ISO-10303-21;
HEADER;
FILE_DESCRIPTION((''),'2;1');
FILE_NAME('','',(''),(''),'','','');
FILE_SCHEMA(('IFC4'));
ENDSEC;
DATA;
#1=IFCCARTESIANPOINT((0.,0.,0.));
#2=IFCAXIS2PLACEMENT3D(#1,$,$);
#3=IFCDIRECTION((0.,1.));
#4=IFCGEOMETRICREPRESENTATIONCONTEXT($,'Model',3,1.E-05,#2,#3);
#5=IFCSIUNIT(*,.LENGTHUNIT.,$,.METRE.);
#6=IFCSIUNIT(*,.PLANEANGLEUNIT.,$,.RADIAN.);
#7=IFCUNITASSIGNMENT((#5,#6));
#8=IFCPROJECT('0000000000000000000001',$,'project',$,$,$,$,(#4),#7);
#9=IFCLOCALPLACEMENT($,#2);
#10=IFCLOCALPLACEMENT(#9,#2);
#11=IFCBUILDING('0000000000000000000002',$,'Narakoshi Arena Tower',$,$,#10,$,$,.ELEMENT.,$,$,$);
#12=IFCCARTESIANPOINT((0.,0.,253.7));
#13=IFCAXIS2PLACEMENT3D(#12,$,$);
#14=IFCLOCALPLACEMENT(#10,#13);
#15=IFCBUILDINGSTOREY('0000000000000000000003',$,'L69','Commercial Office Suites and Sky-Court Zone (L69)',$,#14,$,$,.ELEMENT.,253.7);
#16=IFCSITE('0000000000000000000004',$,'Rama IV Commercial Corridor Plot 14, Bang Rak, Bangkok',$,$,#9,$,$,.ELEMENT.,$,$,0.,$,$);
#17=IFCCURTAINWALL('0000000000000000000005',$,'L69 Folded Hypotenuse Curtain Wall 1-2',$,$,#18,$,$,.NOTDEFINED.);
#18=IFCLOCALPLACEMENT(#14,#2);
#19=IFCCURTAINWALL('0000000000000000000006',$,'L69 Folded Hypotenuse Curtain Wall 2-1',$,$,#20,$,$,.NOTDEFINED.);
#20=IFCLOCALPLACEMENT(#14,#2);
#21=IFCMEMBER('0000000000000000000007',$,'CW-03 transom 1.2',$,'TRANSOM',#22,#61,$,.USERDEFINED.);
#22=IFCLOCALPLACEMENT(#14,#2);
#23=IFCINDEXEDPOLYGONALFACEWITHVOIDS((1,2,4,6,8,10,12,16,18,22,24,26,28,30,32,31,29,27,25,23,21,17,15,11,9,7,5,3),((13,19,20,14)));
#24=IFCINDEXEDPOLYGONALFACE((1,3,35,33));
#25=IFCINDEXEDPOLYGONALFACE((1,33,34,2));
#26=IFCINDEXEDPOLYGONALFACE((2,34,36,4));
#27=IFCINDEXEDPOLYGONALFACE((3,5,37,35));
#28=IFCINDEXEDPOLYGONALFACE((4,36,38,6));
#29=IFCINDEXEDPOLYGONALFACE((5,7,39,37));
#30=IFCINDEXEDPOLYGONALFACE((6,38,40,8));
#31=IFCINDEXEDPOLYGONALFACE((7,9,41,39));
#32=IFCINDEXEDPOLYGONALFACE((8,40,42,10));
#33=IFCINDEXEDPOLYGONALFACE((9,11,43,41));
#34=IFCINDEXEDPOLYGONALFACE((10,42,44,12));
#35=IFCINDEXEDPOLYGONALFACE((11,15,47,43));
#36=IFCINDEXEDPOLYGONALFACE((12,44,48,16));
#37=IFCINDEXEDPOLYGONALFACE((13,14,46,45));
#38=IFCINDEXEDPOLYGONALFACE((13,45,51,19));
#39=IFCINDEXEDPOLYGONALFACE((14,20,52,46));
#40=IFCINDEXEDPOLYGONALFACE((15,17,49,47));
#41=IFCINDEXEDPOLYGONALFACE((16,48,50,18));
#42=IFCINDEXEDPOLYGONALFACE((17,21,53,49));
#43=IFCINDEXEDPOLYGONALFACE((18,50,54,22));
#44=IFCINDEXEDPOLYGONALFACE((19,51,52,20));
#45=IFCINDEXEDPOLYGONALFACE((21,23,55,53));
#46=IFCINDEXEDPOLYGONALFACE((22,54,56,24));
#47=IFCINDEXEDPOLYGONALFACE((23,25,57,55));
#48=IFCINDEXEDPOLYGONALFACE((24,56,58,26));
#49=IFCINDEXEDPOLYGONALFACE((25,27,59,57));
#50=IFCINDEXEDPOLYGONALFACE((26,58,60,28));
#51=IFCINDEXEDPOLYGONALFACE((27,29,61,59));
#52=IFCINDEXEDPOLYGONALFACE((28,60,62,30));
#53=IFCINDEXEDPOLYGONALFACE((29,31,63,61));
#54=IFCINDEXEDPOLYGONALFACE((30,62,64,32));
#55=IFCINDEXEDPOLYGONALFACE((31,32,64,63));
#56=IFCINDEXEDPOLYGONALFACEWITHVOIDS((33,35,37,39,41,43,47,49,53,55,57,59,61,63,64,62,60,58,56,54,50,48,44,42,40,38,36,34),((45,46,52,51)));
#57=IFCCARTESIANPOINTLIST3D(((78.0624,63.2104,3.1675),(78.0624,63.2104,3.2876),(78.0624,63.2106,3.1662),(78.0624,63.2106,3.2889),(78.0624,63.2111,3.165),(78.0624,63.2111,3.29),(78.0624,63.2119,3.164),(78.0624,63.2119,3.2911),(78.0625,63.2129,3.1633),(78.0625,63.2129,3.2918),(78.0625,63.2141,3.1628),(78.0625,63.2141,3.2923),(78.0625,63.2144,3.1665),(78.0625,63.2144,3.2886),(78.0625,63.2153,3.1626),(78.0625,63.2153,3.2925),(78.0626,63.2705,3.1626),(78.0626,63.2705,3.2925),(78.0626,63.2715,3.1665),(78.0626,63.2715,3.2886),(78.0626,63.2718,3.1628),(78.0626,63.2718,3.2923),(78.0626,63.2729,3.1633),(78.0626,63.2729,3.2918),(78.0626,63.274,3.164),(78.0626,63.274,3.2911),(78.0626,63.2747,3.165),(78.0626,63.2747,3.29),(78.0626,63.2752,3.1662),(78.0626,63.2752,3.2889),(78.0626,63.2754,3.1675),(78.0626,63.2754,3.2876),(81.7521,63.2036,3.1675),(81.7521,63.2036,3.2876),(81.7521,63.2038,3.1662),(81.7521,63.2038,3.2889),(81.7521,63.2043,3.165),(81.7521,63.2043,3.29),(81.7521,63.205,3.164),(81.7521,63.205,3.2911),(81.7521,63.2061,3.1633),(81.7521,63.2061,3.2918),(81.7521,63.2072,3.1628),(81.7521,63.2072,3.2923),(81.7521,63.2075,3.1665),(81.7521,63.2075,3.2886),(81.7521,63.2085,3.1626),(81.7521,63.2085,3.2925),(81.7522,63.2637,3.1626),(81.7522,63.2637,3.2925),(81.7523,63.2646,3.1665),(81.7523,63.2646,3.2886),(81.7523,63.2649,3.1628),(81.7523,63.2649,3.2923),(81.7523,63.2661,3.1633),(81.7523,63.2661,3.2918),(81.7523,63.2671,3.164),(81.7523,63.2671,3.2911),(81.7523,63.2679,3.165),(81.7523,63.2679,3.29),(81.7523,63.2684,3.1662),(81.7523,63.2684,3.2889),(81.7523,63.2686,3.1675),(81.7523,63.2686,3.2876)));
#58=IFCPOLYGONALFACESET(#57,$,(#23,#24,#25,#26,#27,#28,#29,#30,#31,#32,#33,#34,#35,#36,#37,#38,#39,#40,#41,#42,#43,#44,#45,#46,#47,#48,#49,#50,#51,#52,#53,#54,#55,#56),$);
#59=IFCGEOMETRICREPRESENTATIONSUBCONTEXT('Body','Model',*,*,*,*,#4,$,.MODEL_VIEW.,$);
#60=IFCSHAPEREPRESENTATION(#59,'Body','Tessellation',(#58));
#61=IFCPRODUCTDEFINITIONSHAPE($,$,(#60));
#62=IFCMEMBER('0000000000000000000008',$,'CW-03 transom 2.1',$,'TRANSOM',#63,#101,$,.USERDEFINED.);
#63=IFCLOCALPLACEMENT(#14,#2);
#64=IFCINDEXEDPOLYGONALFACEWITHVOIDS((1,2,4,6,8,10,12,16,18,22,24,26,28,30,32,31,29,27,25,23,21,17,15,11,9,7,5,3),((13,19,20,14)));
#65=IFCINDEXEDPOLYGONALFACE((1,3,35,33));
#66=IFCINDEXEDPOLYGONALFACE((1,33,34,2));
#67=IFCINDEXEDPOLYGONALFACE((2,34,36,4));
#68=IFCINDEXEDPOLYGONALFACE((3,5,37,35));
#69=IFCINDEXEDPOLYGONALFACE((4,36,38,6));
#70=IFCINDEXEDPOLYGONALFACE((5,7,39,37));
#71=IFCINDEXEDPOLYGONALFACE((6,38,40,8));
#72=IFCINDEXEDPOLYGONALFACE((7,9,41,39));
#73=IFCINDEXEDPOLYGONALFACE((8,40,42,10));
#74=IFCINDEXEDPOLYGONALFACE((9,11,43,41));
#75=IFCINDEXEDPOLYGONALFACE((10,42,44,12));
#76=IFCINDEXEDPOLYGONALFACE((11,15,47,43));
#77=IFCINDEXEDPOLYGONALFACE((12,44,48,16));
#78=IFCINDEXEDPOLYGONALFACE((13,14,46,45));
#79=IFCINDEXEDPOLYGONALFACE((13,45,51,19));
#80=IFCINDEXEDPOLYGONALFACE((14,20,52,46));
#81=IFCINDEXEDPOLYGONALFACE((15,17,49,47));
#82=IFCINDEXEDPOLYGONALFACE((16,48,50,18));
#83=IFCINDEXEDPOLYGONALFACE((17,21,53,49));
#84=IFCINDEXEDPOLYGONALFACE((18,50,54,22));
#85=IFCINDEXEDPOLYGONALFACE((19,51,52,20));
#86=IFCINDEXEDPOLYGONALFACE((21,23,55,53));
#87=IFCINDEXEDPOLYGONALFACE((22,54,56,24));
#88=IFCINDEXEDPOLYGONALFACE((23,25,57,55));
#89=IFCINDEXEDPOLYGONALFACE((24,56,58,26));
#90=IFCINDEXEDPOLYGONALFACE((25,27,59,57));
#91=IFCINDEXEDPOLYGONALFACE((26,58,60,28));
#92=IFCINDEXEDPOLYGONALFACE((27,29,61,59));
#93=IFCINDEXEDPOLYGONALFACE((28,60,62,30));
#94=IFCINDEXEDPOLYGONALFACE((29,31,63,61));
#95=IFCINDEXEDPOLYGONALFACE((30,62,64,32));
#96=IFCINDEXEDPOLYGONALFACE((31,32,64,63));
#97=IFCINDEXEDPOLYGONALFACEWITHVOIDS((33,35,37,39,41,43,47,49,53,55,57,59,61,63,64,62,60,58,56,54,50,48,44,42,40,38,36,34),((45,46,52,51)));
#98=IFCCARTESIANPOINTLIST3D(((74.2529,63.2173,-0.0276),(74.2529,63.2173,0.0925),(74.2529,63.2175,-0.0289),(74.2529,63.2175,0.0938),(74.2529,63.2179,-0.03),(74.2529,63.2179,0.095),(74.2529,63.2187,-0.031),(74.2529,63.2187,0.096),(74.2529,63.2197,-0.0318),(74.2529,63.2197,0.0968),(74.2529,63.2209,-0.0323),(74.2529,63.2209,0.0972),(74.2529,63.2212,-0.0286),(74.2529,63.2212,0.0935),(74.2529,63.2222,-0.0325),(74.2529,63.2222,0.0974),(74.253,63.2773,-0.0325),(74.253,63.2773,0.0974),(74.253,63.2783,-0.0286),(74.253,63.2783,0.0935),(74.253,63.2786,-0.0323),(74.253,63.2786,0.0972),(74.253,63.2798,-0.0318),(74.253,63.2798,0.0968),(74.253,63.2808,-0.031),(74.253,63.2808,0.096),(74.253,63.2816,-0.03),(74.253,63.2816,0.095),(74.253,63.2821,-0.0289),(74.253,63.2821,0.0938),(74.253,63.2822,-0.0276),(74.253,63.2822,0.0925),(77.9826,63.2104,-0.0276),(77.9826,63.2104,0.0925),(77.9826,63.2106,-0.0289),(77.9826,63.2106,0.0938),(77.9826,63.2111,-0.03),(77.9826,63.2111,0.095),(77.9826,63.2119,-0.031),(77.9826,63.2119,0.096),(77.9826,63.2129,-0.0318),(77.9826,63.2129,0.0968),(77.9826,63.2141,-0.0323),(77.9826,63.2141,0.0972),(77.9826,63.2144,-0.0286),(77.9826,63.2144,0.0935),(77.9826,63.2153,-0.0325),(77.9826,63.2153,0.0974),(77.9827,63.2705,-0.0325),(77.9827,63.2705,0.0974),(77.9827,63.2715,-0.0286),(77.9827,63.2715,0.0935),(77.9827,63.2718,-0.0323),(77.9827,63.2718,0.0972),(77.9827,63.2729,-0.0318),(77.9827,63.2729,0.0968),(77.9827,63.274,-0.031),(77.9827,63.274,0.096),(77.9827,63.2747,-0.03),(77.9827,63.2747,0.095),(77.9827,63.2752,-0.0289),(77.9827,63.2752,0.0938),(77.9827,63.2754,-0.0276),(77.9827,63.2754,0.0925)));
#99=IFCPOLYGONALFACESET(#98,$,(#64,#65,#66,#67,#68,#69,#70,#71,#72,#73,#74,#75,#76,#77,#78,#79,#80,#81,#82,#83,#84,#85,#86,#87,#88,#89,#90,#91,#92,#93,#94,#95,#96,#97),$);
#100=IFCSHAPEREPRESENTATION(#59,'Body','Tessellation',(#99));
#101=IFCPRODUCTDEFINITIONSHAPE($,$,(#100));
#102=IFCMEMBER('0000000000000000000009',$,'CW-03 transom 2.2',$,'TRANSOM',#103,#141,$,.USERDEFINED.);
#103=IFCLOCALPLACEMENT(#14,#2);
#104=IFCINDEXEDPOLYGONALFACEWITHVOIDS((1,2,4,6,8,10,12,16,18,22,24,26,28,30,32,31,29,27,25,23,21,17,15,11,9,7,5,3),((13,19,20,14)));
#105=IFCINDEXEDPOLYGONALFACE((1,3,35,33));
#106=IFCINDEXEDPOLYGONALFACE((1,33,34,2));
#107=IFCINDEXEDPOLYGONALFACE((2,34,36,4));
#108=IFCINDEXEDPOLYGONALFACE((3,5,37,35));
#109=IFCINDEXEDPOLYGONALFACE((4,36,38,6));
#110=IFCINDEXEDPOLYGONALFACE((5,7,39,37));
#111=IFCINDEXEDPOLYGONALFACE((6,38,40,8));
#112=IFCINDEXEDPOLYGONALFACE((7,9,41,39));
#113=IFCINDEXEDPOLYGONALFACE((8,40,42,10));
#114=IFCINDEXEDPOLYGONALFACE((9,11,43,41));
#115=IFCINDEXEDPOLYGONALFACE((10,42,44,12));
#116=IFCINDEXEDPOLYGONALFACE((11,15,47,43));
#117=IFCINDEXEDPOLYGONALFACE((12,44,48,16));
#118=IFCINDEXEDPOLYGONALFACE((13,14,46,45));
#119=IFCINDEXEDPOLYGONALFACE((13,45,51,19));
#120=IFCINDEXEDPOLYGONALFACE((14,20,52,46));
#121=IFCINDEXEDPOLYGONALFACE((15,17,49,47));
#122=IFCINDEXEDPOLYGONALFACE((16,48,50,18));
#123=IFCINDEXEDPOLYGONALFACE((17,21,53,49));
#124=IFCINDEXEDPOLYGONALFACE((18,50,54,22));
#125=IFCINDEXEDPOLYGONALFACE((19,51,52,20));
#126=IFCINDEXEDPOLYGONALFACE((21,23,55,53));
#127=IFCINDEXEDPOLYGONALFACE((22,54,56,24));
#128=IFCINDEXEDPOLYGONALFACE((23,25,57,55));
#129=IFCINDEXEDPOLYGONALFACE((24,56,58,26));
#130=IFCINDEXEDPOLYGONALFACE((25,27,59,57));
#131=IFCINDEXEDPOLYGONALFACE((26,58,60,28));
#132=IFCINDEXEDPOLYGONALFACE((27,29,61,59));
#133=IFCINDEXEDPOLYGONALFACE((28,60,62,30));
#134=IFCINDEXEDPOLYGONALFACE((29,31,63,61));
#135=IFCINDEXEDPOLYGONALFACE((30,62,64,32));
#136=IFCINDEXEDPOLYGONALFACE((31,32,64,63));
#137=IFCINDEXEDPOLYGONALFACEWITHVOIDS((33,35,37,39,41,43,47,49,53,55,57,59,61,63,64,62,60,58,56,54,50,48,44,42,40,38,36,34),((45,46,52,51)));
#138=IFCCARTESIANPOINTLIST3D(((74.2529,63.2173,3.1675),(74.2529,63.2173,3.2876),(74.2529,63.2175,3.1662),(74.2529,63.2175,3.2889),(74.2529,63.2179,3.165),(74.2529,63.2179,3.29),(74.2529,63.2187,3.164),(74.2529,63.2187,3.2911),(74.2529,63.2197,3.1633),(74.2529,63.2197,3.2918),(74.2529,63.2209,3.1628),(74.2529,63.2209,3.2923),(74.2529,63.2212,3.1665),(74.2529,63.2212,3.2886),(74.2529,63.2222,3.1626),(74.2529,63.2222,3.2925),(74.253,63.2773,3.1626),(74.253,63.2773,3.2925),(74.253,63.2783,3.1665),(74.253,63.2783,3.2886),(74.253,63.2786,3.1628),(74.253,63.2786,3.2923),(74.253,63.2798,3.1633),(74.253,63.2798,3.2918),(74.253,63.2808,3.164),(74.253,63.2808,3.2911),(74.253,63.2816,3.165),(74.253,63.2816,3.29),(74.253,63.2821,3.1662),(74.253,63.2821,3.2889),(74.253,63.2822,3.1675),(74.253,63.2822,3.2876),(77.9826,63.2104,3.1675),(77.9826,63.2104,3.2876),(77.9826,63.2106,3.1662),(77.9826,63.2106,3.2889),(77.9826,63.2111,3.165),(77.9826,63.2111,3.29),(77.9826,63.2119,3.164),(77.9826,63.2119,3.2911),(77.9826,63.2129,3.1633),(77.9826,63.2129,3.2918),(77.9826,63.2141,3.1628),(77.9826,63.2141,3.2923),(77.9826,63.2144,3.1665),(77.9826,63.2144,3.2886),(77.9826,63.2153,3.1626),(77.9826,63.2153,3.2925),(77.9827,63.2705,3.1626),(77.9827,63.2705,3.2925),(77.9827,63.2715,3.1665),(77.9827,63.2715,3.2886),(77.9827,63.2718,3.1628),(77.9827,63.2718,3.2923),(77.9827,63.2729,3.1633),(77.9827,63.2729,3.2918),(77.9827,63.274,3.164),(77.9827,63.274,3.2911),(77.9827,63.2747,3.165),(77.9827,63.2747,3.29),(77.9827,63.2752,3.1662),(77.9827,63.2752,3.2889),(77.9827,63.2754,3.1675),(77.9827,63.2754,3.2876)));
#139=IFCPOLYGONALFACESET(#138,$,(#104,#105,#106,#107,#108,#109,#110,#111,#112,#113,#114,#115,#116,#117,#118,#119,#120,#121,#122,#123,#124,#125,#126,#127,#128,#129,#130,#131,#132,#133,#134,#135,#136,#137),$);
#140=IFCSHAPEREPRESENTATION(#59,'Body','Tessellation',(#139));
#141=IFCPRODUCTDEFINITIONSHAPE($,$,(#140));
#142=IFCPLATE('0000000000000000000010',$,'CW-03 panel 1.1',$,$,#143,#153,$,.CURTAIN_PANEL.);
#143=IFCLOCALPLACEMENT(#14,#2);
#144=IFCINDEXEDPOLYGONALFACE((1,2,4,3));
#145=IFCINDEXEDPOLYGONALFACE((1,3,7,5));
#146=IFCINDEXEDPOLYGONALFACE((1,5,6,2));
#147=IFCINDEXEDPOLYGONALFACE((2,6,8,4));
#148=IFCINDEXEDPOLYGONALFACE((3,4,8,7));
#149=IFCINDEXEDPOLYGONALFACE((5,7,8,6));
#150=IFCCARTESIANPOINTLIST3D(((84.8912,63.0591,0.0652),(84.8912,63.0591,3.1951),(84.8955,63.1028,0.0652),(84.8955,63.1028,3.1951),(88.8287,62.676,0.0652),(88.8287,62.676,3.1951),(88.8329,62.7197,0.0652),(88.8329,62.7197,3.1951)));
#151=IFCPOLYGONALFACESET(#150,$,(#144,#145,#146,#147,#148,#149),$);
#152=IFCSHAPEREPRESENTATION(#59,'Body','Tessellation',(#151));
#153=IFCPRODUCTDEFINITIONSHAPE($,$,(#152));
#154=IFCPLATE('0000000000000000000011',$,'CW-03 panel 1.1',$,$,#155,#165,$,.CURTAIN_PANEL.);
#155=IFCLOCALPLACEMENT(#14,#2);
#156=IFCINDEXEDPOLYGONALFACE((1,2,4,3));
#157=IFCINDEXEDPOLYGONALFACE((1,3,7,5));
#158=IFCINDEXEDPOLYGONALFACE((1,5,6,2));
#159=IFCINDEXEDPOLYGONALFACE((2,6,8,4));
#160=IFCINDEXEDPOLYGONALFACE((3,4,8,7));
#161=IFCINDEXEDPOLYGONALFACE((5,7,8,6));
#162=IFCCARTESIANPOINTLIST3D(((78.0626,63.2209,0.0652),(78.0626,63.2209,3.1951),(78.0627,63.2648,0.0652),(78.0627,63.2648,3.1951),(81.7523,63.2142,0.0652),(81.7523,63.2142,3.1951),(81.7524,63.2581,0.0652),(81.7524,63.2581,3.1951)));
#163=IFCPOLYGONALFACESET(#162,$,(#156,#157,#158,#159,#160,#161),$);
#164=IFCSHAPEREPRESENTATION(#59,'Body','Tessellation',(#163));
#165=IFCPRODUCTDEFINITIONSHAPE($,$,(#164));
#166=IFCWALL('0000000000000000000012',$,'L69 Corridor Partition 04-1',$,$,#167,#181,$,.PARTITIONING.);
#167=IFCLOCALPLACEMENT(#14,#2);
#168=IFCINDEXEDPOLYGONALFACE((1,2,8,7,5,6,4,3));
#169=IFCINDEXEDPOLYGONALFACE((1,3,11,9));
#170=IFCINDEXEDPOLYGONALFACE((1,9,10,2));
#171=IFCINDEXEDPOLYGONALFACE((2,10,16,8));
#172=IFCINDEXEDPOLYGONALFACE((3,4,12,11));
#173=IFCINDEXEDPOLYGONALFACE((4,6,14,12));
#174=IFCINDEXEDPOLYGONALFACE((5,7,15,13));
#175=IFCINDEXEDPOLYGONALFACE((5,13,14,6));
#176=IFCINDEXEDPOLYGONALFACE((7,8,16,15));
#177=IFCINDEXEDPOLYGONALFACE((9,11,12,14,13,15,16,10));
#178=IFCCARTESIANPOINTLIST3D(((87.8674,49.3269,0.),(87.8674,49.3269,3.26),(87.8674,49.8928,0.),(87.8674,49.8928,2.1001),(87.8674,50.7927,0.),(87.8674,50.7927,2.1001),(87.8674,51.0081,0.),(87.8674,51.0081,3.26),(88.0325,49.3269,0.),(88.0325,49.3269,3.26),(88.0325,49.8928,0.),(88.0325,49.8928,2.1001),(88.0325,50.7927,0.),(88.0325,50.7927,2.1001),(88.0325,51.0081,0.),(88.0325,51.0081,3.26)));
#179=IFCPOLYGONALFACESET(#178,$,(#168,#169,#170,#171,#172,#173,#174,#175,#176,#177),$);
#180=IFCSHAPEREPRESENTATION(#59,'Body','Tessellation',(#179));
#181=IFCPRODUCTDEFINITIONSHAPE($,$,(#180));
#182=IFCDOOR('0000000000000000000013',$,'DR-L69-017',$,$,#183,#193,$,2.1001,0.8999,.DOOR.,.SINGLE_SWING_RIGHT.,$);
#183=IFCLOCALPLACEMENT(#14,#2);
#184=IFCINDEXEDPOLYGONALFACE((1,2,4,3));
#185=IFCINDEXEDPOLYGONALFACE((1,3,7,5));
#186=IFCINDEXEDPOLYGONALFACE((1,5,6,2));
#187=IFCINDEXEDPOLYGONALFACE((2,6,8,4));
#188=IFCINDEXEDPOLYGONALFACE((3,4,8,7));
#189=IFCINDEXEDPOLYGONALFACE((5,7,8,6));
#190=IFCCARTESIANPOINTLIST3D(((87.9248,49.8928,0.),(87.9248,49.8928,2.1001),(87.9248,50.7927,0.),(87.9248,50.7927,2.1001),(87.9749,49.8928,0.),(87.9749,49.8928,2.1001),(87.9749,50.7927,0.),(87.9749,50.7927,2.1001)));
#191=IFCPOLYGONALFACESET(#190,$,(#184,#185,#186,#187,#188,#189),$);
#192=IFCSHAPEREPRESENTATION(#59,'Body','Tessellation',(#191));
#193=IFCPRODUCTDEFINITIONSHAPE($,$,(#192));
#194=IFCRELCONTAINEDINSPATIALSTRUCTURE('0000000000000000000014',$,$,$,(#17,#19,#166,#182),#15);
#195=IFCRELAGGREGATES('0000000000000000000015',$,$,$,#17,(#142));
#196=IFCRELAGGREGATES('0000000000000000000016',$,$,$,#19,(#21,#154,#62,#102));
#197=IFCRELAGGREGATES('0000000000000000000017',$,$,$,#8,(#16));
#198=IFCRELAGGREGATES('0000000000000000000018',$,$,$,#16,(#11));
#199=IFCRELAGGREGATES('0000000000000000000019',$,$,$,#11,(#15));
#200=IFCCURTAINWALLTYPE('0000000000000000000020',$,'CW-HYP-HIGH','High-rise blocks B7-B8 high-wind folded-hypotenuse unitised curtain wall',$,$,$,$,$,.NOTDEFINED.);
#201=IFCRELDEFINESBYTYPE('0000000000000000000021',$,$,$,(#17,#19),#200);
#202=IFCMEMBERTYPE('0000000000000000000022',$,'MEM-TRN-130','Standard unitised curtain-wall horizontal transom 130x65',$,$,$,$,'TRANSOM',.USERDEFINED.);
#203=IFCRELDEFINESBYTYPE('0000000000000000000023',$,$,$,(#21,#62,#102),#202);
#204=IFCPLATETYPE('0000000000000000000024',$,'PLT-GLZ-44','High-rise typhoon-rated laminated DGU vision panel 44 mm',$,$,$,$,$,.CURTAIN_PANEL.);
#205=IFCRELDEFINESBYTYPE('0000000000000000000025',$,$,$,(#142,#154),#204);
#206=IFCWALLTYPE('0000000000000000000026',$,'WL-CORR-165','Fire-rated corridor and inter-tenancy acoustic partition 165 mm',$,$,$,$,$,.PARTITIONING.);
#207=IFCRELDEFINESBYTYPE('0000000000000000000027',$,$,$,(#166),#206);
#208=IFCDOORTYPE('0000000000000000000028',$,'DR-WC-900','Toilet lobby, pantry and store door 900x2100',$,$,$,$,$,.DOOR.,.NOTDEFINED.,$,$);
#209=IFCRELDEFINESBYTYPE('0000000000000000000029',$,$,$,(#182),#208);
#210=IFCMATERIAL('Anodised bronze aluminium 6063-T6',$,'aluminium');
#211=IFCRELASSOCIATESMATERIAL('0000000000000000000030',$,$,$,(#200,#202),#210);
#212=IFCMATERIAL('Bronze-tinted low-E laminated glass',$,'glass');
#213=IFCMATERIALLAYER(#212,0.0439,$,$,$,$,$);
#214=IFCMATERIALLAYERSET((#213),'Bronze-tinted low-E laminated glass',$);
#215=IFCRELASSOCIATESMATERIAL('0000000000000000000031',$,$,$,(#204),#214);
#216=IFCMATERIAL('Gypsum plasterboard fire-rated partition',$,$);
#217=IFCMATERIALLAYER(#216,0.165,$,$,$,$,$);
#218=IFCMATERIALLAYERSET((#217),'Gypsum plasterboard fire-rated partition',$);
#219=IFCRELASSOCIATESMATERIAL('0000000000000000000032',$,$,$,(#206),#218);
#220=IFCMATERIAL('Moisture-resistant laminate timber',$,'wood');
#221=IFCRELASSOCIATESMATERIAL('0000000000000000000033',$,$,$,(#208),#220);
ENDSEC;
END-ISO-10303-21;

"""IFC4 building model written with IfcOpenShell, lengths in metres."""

from ifc_helpers import new_model, si_unit, direction, frame, frame_2d, origin, origin_2d, place, context, subcontext, project, spatial, rectangle, hollow_rectangle, extrude, material, layer, layer_set, material_profile, profile_set, type_object, element, fill, aggregate, save


model = new_model("IFC4")

# Units and contexts
model_context = context("Model", 3, precision=1e-05, world=origin(), true_north=direction((0.0, 1.0)))
body_context = subcontext(model_context, "Body", "Model", "MODEL_VIEW")
ifc_project = project(units=[si_unit("LENGTHUNIT", "METRE"), si_unit("PLANEANGLEUNIT", "RADIAN")], contexts=[model_context])

# Site, building, storey
site_placement = place(None, origin())
site = spatial("IfcSite", under=ifc_project, at=site_placement, Name="Rama IV Commercial Corridor Plot 14, Bang Rak, Bangkok", CompositionType="ELEMENT", RefElevation=0.0)
building_placement = place(site_placement, origin())
building = spatial("IfcBuilding", under=site, at=building_placement, Name="Narakoshi Arena Tower", CompositionType="ELEMENT")
storey_placement = place(building_placement, frame((0.0, 0.0, 253.7)))
storey = spatial("IfcBuildingStorey", under=building, at=storey_placement, Name="L69", Description="Commercial Office Suites and Sky-Court Zone (L69)", CompositionType="ELEMENT", Elevation=253.7)

# Curtain wall
ifc_material_1 = material(Name="Anodised bronze aluminium 6063-T6", Category="aluminium")
curtain_wall_type = type_object("IfcCurtainWallType", Name="CW-HYP-HIGH", Description="High-rise blocks B7-B8 high-wind folded-hypotenuse unitised curtain wall", PredefinedType="NOTDEFINED", material=ifc_material_1)
curtain_wall_1_placement = place(storey_placement, origin())
curtain_wall_1 = element("IfcCurtainWall", 1, at=curtain_wall_1_placement, inside=storey, type_object=curtain_wall_type, Name="L69 Folded Hypotenuse Curtain Wall 1-2", PredefinedType="NOTDEFINED")

# Curtain wall, members
curtain_wall_2_placement = place(storey_placement, origin())
curtain_wall_2 = element("IfcCurtainWall", 2, at=curtain_wall_2_placement, inside=storey, type_object=curtain_wall_type, Name="L69 Folded Hypotenuse Curtain Wall 2-1", PredefinedType="NOTDEFINED")
ifc_material_profile_1 = material_profile(ifc_material_1, hollow_rectangle(XDim=0.0649, YDim=0.1299, WallThickness=0.0039, OuterFilletRadius=0.0049, at=origin_2d()), Name="TRN130x65x4")
ifc_profile_set_1 = profile_set([ifc_material_profile_1], Name="Anodised bronze aluminium 6063-T6")
member_type_1 = type_object("IfcMemberType", Name="MEM-TRN-130", Description="Standard unitised curtain-wall horizontal transom 130x65", ElementType="TRANSOM", PredefinedType="USERDEFINED", material=ifc_profile_set_1)
member_1_placement = place(storey_placement, frame((81.7522, 63.2361, 3.2275), z_axis=(-0.999998, 0.001853, 0.0), x_axis=(-0.001853, -0.999998, 0.0)))
member_1 = element("IfcMember", 3, at=member_1_placement, type_object=member_type_1, Name="CW-03 transom 1.2", ObjectType="TRANSOM", PredefinedType="USERDEFINED", context=body_context, shape_type="SweptSolid", body=[
    extrude(hollow_rectangle(XDim=0.0649, YDim=0.1299, WallThickness=0.0039, OuterFilletRadius=0.0049, at=origin_2d()), origin(), (0.0, 0.0, 1.0), 3.6897),
])
member_2_placement = place(storey_placement, frame((77.9827, 63.2429, 0.0325), z_axis=(-0.999998, 0.001833, 0.0), x_axis=(-0.001833, -0.999998, 0.0)))
member_2 = element("IfcMember", 4, at=member_2_placement, type_object=member_type_1, Name="CW-03 transom 2.1", ObjectType="TRANSOM", PredefinedType="USERDEFINED", context=body_context, shape_type="SweptSolid", body=[
    extrude(hollow_rectangle(XDim=0.0649, YDim=0.1299, WallThickness=0.0039, OuterFilletRadius=0.0049, at=origin_2d()), origin(), (0.0, 0.0, 1.0), 3.7297),
])
member_3_placement = place(storey_placement, frame((77.9827, 63.2429, 3.2275), z_axis=(-0.999998, 0.001833, 0.0), x_axis=(-0.001833, -0.999998, 0.0)))
member_3 = element("IfcMember", 5, at=member_3_placement, type_object=member_type_1, Name="CW-03 transom 2.2", ObjectType="TRANSOM", PredefinedType="USERDEFINED", context=body_context, shape_type="SweptSolid", body=[
    extrude(hollow_rectangle(XDim=0.0649, YDim=0.1299, WallThickness=0.0039, OuterFilletRadius=0.0049, at=origin_2d()), origin(), (0.0, 0.0, 1.0), 3.7297),
])

# Plates
ifc_material_2 = material(Name="Bronze-tinted low-E laminated glass", Category="glass")
ifc_layer_1 = layer(ifc_material_2, 0.0439)
ifc_layer_set_1 = layer_set([ifc_layer_1], Name="Bronze-tinted low-E laminated glass")
plate_type = type_object("IfcPlateType", Name="PLT-GLZ-44", Description="High-rise typhoon-rated laminated DGU vision panel 44 mm", PredefinedType="CURTAIN_PANEL", material=ifc_layer_set_1)
plate_1_placement = place(storey_placement, frame((86.8621, 62.8894, 0.0652), z_axis=(0.0, 0.0, 1.0), x_axis=(-0.9953, 0.096843, 0.0)))
plate_1 = element("IfcPlate", 6, at=plate_1_placement, type_object=plate_type, Name="CW-03 panel 1.1", PredefinedType="CURTAIN_PANEL", context=body_context, shape_type="SweptSolid", body=[
    extrude(rectangle(XDim=3.9561, YDim=0.0439, at=origin_2d()), origin(), (0.0, 0.0, 1.0), 3.1299),
])
aggregate(curtain_wall_1, [plate_1])
plate_2_placement = place(storey_placement, frame((79.9075, 63.2395, 0.0652), z_axis=(0.0, 0.0, 1.0), x_axis=(-0.999998, 0.00182, 0.0)))
plate_2 = element("IfcPlate", 7, at=plate_2_placement, type_object=plate_type, Name="CW-03 panel 1.1", PredefinedType="CURTAIN_PANEL", context=body_context, shape_type="SweptSolid", body=[
    extrude(rectangle(XDim=3.6897, YDim=0.0439, at=origin_2d()), origin(), (0.0, 0.0, 1.0), 3.1299),
])
aggregate(curtain_wall_2, [member_1, plate_2, member_2, member_3])

# Wall, opening, door
ifc_material_3 = material(Name="Gypsum plasterboard fire-rated partition")
ifc_layer_2 = layer(ifc_material_3, 0.165)
ifc_layer_set_2 = layer_set([ifc_layer_2], Name="Gypsum plasterboard fire-rated partition")
wall_type_1 = type_object("IfcWallType", Name="WL-CORR-165", Description="Fire-rated corridor and inter-tenancy acoustic partition 165 mm", PredefinedType="PARTITIONING", material=ifc_layer_set_2)
wall_1_placement = place(storey_placement, frame((87.95, 49.3269, 0.0), z_axis=(0.0, 0.0, 1.0), x_axis=(0.0, 1.0, 0.0)))
wall_1 = element("IfcWall", 8, at=wall_1_placement, inside=storey, type_object=wall_type_1, Name="L69 Corridor Partition 04-1", PredefinedType="PARTITIONING", context=body_context, shape_type="SweptSolid", body=[
    extrude(rectangle(XDim=1.6812, YDim=0.165, at=frame_2d((0.8406, 0.0))), origin(), (0.0, 0.0, 1.0), 3.26),
])
opening_1_placement = place(wall_1_placement, frame((0.5659, 0.0, 0.0)))
opening_1 = element("IfcOpeningElement", 9, at=opening_1_placement, cuts=wall_1, PredefinedType="OPENING", context=body_context, shape_type="SweptSolid", body=[
    extrude(rectangle(XDim=0.8999, YDim=2.1001, at=frame_2d((0.45, 1.05))), frame((0.0, 0.0925, 0.0), z_axis=(0.0, -1.0, 0.0), x_axis=(1.0, 0.0, 0.0)), (0.0, 0.0, 1.0), 0.1851),
])
ifc_material_4 = material(Name="Moisture-resistant laminate timber", Category="wood")
door_type_1 = type_object("IfcDoorType", Name="DR-WC-900", Description="Toilet lobby, pantry and store door 900x2100", OperationType="NOTDEFINED", PredefinedType="DOOR", material=ifc_material_4)
door_1_placement = place(opening_1_placement, frame((0.8999, 0.0, 0.0), z_axis=(0.0, 0.0, 1.0), x_axis=(-1.0, 0.0, 0.0)))
door_1 = element("IfcDoor", 10, at=door_1_placement, inside=storey, type_object=door_type_1, Name="DR-L69-017", OperationType="SINGLE_SWING_RIGHT", OverallHeight=2.1001, OverallWidth=0.8999, PredefinedType="DOOR", context=body_context, shape_type="SweptSolid", body=[
    extrude(rectangle(XDim=0.8999, YDim=2.1001, at=frame_2d((0.45, 1.05))), frame((0.0, 0.0249, 0.0), z_axis=(0.0, -1.0, 0.0), x_axis=(1.0, 0.0, 0.0)), (0.0, 0.0, 1.0), 0.05),
])
fill(opening_1, door_1)

save(model, "model.ifc")
